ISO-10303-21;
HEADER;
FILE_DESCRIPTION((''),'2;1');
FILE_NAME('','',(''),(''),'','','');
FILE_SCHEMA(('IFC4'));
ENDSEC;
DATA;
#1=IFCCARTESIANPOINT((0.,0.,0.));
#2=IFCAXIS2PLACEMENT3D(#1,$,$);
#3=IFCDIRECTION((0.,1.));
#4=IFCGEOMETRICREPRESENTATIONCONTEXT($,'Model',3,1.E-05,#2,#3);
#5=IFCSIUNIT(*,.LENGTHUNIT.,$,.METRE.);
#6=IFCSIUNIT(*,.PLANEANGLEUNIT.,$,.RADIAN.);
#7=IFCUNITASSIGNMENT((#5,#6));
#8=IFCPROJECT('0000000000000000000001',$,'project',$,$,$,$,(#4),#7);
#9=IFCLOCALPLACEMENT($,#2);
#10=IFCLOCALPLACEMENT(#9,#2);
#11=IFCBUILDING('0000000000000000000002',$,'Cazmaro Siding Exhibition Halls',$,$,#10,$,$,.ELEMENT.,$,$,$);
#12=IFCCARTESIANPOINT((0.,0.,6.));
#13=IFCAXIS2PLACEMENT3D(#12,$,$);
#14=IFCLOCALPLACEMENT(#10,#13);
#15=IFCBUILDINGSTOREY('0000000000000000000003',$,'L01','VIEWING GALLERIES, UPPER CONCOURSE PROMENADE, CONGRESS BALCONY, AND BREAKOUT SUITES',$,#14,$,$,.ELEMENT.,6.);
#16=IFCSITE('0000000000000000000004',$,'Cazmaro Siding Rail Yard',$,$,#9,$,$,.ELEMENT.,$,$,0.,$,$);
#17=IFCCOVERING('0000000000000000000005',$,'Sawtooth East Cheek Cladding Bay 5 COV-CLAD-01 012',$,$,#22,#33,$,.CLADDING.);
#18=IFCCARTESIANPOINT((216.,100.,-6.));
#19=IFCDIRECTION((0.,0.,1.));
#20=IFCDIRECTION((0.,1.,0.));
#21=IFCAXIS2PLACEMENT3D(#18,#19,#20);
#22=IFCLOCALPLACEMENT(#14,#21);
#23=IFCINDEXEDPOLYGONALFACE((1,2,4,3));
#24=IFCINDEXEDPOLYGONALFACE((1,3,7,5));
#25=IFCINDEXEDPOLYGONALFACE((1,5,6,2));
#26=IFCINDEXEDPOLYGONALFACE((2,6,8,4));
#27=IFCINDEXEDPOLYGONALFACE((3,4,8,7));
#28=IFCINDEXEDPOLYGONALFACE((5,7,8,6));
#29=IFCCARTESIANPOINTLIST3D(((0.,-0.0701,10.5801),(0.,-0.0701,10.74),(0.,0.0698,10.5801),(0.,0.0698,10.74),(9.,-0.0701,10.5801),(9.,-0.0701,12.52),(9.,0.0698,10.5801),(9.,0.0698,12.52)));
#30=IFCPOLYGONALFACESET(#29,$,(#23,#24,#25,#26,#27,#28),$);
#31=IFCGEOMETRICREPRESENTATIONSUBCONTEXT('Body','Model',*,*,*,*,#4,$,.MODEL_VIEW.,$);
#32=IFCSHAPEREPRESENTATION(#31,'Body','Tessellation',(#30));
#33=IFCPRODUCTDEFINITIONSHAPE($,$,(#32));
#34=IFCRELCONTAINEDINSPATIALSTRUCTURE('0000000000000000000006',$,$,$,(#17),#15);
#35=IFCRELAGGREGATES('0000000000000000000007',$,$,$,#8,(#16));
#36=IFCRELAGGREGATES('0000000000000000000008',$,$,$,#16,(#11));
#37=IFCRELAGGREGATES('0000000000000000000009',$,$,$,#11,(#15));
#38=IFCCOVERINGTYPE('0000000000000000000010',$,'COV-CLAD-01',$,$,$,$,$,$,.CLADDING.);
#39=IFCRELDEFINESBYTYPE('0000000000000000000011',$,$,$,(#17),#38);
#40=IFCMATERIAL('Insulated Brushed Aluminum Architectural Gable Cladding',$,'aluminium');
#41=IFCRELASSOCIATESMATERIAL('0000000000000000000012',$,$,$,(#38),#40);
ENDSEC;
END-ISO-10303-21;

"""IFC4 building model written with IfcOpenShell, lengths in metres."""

from ifc_helpers import new_model, si_unit, direction, frame, origin, place, context, subcontext, project, spatial, polyline, outline, extrude, material, type_object, element, save


model = new_model("IFC4")

# Units and contexts
model_context = context("Model", 3, precision=1e-05, world=origin(), true_north=direction((0.0, 1.0)))
body_context = subcontext(model_context, "Body", "Model", "MODEL_VIEW")
ifc_project = project(units=[si_unit("LENGTHUNIT", "METRE"), si_unit("PLANEANGLEUNIT", "RADIAN")], contexts=[model_context])

# Site, building, storey
site_placement = place(None, origin())
site = spatial("IfcSite", under=ifc_project, at=site_placement, Name="Cazmaro Siding Rail Yard", CompositionType="ELEMENT", RefElevation=0.0)
building_placement = place(site_placement, origin())
building = spatial("IfcBuilding", under=site, at=building_placement, Name="Cazmaro Siding Exhibition Halls", CompositionType="ELEMENT")
storey_placement = place(building_placement, frame((0.0, 0.0, 6.0)))
storey = spatial("IfcBuildingStorey", under=building, at=storey_placement, Name="L01", Description="VIEWING GALLERIES, UPPER CONCOURSE PROMENADE, CONGRESS BALCONY, AND BREAKOUT SUITES", CompositionType="ELEMENT", Elevation=6.0)

# Covering
ifc_material_1 = material(Name="Insulated Brushed Aluminum Architectural Gable Cladding", Category="aluminium")
covering_type = type_object("IfcCoveringType", Name="COV-CLAD-01", PredefinedType="CLADDING", material=ifc_material_1)
covering_placement = place(storey_placement, frame((216.0, 100.0, -6.0), z_axis=(0.0, 0.0, 1.0), x_axis=(0.0, 1.0, 0.0)))
element("IfcCovering", 1, at=covering_placement, inside=storey, type_object=covering_type, Name="Sawtooth East Cheek Cladding Bay 5 COV-CLAD-01 012", PredefinedType="CLADDING", context=body_context, shape_type="SweptSolid", body=[
    extrude(outline(polyline([(0.0, 10.5801), (9.0, 10.5801), (9.0, 12.52), (0.0, 10.74), (0.0, 10.5801)])), frame((0.0, 0.0698, 0.0), z_axis=(0.0, -1.0, 0.0), x_axis=(1.0, 0.0, 0.0)), (0.0, 0.0, 1.0), 0.1399),
])

save(model, "model.ifc")
